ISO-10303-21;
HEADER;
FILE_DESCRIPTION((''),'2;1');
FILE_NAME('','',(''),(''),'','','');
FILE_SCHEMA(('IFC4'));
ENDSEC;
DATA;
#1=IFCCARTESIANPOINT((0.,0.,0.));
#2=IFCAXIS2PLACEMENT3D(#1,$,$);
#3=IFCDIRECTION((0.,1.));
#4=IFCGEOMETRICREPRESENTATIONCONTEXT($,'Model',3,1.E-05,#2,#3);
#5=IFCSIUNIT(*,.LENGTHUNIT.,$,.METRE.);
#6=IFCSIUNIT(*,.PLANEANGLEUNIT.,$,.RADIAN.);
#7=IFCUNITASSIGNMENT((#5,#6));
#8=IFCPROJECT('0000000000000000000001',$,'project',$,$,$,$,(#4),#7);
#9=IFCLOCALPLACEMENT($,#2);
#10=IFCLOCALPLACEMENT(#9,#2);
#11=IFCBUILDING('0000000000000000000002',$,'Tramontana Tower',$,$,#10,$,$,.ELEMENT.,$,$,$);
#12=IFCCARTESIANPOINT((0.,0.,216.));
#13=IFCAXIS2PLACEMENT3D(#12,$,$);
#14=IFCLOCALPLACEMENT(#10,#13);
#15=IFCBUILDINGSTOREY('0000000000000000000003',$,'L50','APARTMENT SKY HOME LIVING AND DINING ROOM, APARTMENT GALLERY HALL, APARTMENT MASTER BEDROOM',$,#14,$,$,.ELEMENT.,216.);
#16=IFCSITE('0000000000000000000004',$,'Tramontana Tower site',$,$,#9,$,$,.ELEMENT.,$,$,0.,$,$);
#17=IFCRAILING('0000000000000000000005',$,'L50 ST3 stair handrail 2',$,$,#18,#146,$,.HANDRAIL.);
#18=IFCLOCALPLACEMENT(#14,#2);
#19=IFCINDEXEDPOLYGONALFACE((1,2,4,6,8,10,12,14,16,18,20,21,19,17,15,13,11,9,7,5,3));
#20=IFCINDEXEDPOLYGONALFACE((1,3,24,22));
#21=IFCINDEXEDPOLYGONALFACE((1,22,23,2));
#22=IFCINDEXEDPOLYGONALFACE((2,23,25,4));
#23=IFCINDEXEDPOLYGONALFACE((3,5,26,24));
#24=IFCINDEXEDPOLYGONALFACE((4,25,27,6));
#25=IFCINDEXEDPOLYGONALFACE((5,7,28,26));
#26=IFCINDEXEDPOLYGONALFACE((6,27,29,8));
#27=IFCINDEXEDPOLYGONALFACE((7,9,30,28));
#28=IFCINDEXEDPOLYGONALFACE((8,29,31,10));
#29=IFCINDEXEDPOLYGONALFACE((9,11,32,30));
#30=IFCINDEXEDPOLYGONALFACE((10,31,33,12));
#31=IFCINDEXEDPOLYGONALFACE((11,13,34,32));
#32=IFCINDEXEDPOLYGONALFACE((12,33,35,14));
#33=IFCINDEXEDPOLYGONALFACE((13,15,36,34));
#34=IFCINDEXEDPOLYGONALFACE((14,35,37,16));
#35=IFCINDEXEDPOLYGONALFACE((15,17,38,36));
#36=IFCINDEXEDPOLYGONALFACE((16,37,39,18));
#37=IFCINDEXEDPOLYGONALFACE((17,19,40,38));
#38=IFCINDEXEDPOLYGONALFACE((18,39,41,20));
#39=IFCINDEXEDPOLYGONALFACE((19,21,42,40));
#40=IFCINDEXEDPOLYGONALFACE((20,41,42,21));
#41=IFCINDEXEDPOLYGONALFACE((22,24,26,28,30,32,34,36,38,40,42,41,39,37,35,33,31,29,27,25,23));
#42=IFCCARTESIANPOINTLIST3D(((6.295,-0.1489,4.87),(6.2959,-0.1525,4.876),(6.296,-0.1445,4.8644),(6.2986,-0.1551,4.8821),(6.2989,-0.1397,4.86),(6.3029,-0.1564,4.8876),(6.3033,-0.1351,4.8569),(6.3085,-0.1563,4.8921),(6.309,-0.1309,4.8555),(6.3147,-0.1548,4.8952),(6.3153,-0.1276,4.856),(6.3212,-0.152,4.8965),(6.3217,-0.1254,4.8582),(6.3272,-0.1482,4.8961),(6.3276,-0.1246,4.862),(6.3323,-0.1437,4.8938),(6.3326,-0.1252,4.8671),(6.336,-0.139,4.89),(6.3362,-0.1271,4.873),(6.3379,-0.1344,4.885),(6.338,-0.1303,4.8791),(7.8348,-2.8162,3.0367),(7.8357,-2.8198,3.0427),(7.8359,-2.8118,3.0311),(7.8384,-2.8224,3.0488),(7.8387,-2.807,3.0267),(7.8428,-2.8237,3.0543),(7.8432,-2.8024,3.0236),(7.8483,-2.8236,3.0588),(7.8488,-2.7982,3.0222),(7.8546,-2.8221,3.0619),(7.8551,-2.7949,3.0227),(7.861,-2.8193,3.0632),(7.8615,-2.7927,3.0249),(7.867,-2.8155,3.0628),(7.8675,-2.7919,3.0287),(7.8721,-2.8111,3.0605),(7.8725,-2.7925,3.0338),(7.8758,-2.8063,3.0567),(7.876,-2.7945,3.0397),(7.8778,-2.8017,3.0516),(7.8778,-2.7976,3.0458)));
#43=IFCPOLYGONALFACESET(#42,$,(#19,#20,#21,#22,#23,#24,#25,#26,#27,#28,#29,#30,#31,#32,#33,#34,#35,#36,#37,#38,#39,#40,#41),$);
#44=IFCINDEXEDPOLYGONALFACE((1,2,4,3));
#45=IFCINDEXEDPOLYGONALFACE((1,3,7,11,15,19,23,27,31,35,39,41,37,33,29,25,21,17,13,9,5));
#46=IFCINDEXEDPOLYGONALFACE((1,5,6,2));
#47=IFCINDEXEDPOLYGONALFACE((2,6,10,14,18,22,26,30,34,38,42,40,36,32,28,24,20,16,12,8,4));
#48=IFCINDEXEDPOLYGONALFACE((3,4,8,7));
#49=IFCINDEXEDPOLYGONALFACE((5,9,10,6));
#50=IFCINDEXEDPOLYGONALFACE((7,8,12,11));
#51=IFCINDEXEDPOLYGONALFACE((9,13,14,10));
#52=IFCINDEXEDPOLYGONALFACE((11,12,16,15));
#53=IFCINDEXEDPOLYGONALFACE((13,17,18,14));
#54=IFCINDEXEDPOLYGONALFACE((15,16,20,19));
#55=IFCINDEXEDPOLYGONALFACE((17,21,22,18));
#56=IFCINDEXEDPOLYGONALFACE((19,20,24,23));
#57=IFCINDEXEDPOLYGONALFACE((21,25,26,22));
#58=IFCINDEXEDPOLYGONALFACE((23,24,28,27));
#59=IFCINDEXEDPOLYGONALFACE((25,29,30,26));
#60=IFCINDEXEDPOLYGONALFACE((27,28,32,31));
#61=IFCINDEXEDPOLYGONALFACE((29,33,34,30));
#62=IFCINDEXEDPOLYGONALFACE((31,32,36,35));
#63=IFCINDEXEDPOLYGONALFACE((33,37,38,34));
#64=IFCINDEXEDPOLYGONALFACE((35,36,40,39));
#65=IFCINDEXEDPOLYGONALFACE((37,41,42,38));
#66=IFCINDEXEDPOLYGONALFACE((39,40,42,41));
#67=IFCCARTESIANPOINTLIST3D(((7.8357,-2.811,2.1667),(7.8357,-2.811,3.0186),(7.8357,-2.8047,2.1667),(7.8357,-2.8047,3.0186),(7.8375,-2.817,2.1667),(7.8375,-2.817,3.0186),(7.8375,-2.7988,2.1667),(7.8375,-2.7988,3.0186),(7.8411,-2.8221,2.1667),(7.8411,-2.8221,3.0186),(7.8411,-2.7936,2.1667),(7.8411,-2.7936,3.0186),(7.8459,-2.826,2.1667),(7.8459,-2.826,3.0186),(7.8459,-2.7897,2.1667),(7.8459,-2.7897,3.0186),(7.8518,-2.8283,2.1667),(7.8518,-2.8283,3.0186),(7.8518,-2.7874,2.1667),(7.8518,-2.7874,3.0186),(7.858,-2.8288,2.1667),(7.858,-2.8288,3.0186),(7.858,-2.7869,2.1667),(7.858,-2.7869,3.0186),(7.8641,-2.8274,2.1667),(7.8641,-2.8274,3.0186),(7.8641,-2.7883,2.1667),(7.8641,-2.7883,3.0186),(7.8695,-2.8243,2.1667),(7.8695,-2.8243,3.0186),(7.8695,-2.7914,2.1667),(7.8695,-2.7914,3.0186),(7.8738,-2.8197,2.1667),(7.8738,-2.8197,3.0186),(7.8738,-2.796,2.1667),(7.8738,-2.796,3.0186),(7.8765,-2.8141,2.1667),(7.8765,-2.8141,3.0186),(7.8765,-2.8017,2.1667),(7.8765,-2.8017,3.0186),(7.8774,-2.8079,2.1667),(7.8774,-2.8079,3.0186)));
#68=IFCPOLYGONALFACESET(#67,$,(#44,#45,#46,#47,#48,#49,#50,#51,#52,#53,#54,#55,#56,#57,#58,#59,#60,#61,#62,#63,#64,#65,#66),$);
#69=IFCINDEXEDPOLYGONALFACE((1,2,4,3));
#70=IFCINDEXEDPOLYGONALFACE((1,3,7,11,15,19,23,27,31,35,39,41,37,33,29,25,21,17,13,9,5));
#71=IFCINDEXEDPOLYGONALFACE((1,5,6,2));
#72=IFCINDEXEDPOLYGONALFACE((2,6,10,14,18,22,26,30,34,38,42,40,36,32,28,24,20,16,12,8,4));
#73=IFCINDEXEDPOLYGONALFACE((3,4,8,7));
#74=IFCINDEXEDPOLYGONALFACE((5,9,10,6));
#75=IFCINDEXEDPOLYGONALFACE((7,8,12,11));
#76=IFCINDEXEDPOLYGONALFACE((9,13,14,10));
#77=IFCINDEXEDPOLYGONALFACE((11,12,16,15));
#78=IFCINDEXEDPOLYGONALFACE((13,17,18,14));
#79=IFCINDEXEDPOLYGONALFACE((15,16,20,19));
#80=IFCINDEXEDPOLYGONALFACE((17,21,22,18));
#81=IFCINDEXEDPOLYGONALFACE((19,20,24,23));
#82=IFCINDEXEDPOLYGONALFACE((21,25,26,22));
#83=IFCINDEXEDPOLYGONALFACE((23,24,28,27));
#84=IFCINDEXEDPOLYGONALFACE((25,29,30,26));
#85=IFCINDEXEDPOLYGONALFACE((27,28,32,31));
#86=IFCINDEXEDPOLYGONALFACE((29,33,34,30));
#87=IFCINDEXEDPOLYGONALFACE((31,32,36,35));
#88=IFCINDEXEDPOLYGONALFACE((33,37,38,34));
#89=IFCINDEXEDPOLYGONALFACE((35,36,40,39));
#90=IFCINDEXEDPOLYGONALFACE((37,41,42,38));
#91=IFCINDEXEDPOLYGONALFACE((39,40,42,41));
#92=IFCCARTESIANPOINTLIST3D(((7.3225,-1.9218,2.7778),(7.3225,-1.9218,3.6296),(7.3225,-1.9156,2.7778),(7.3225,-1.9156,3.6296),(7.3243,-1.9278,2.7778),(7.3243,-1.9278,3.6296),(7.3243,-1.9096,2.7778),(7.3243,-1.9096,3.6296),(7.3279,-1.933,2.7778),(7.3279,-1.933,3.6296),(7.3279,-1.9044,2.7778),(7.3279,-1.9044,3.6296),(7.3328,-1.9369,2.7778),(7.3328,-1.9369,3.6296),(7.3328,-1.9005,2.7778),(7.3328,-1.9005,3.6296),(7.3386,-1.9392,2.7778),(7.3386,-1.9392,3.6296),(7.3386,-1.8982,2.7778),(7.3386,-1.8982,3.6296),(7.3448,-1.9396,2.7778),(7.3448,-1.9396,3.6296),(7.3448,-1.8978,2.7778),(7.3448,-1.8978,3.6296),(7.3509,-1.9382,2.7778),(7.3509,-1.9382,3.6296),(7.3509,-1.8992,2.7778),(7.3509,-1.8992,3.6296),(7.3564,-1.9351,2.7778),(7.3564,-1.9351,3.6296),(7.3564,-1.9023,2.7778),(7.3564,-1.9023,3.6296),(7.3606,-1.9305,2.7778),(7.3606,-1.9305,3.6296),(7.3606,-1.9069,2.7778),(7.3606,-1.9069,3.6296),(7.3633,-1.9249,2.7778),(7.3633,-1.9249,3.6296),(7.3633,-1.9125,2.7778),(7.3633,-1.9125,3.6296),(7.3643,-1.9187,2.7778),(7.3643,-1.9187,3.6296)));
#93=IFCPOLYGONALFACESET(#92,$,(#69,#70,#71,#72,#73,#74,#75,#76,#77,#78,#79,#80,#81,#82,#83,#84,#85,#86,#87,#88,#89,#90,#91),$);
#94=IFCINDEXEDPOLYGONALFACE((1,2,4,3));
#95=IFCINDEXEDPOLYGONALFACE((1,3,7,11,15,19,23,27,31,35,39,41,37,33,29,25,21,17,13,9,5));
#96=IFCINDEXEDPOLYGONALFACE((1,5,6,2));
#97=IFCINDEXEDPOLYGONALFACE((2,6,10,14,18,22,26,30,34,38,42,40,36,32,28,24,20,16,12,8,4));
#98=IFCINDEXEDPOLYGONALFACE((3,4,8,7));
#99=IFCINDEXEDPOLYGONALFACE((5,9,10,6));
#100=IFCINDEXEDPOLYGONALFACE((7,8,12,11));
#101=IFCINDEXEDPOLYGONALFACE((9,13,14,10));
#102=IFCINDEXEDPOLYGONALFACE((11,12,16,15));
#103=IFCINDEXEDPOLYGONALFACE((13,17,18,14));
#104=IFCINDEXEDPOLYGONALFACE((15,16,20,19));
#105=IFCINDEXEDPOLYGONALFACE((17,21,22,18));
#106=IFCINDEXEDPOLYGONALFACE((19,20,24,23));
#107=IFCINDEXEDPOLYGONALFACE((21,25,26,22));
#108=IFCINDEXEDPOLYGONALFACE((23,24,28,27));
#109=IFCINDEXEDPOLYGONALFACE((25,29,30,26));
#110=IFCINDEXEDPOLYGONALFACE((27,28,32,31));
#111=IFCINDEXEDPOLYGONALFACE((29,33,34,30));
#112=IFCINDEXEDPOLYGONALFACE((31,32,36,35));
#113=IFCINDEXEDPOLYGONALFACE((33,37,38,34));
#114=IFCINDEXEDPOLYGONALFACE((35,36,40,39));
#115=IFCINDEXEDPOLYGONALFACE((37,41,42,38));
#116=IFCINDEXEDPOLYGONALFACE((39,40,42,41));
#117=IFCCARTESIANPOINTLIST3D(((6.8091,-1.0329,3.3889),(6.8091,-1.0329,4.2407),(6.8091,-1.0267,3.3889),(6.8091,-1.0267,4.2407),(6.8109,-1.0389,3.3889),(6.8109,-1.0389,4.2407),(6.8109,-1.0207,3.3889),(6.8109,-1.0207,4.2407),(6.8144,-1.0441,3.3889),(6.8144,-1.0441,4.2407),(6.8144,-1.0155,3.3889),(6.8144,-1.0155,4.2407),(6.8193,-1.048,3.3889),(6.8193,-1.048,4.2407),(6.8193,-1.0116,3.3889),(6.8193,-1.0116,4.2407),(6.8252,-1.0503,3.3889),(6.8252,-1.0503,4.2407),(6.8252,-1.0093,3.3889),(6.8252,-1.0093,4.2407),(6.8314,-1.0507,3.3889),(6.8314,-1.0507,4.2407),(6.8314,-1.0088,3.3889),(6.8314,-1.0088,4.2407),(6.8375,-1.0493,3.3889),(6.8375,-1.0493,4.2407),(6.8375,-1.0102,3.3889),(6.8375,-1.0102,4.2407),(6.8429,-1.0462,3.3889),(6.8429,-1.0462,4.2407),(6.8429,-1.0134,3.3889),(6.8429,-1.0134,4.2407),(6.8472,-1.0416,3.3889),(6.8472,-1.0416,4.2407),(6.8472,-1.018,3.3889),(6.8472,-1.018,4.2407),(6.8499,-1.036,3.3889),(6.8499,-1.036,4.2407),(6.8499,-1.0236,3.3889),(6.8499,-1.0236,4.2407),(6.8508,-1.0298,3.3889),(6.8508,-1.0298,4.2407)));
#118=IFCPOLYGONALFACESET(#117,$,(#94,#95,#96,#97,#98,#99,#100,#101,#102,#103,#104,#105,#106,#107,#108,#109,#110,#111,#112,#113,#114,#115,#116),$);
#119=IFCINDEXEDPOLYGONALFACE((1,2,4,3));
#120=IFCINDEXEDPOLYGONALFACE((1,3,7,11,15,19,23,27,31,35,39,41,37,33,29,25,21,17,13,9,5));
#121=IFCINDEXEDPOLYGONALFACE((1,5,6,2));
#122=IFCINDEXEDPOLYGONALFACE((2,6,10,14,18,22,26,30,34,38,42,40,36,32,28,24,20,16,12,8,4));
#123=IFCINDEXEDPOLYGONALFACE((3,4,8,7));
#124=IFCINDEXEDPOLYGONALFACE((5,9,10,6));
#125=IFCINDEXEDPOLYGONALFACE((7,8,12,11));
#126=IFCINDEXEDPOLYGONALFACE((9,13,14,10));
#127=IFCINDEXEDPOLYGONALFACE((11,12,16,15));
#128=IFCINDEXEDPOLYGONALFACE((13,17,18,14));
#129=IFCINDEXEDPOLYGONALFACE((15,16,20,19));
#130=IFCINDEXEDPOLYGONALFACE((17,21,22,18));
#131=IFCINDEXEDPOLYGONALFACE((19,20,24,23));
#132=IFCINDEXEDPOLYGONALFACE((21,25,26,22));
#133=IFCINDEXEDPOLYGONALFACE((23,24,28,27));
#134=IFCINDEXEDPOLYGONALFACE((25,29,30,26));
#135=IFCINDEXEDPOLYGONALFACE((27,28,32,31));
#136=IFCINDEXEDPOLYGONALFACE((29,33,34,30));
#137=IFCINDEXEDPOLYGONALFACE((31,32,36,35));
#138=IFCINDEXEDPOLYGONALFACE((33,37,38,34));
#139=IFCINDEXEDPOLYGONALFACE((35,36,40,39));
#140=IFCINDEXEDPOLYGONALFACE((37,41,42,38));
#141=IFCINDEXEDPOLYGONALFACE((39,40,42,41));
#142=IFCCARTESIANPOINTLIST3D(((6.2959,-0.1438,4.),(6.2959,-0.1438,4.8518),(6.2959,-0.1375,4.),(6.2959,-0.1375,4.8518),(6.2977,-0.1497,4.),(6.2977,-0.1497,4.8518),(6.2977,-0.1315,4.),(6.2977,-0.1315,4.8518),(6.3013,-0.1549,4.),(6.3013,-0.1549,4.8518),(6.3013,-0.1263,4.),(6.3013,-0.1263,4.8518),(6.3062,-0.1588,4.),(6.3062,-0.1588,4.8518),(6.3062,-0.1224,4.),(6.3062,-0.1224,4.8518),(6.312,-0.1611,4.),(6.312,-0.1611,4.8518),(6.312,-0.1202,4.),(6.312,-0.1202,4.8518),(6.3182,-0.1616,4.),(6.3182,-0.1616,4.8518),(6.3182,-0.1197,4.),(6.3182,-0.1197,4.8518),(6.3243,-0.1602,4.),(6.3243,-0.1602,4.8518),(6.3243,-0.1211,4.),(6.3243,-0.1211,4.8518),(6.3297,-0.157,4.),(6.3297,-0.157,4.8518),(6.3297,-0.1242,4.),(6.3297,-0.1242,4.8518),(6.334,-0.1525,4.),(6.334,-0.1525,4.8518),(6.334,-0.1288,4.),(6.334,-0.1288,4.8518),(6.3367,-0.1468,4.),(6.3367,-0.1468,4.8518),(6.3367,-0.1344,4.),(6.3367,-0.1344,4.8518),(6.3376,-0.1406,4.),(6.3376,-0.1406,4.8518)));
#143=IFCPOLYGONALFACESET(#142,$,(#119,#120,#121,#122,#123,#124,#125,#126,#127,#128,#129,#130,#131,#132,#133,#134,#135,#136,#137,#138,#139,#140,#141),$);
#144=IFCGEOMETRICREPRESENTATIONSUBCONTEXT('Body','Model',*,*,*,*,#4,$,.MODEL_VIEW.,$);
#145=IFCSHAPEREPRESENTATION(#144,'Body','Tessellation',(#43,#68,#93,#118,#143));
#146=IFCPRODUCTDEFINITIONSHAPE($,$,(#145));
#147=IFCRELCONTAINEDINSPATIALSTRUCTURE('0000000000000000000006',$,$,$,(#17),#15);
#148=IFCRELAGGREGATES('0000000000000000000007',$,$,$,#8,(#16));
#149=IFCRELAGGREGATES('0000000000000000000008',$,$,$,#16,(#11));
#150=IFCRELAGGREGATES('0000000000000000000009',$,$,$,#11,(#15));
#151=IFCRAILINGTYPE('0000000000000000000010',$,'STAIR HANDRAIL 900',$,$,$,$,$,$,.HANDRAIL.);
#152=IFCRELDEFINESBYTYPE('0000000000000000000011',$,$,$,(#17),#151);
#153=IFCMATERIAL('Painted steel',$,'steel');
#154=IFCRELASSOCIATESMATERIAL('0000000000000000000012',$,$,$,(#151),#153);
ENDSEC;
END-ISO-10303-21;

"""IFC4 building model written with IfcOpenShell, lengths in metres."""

from ifc_helpers import new_model, si_unit, direction, frame, origin, origin_2d, place, context, subcontext, project, spatial, circle, extrude, material, type_object, element, save


model = new_model("IFC4")

# Units and contexts
model_context = context("Model", 3, precision=1e-05, world=origin(), true_north=direction((0.0, 1.0)))
body_context = subcontext(model_context, "Body", "Model", "MODEL_VIEW")
ifc_project = project(units=[si_unit("LENGTHUNIT", "METRE"), si_unit("PLANEANGLEUNIT", "RADIAN")], contexts=[model_context])

# Site, building, storey
site_placement = place(None, origin())
site = spatial("IfcSite", under=ifc_project, at=site_placement, Name="Tramontana Tower site", CompositionType="ELEMENT", RefElevation=0.0)
building_placement = place(site_placement, origin())
building = spatial("IfcBuilding", under=site, at=building_placement, Name="Tramontana Tower", CompositionType="ELEMENT")
storey_placement = place(building_placement, frame((0.0, 0.0, 216.0)))
storey = spatial("IfcBuildingStorey", under=building, at=storey_placement, Name="L50", Description="APARTMENT SKY HOME LIVING AND DINING ROOM, APARTMENT GALLERY HALL, APARTMENT MASTER BEDROOM", CompositionType="ELEMENT", Elevation=216.0)

# Railing
ifc_material_1 = material(Name="Painted steel", Category="steel")
railing_type_1 = type_object("IfcRailingType", Name="STAIR HANDRAIL 900", PredefinedType="HANDRAIL", material=ifc_material_1)
railing_1_placement = place(storey_placement, frame((7.8564, -2.8079, 2.1667)))
element("IfcRailing", 1, at=railing_1_placement, inside=storey, type_object=railing_type_1, Name="L50 ST3 stair handrail 2", PredefinedType="HANDRAIL", context=body_context, shape_type="SweptSolid", body=[
    extrude(circle(Radius=0.0239, at=origin_2d()), frame((0.0, 0.0, 0.876), z_axis=(-0.429616, 0.744181, 0.511493), x_axis=(-0.866044, -0.499967, 0.0)), (0.0, 0.0, 1.0), 3.5842),
    extrude(circle(Radius=0.021, at=origin_2d()), origin(), (0.0, 0.0, 1.0), 0.8518),
    extrude(circle(Radius=0.021, at=origin_2d()), frame((-0.5132, 0.8892, 0.6111)), (0.0, 0.0, 1.0), 0.8518),
    extrude(circle(Radius=0.021, at=origin_2d()), frame((-1.0266, 1.7781, 1.2222)), (0.0, 0.0, 1.0), 0.8518),
    extrude(circle(Radius=0.021, at=origin_2d()), frame((-1.5398, 2.6672, 1.8333)), (0.0, 0.0, 1.0), 0.8518),
])

save(model, "model.ifc")
